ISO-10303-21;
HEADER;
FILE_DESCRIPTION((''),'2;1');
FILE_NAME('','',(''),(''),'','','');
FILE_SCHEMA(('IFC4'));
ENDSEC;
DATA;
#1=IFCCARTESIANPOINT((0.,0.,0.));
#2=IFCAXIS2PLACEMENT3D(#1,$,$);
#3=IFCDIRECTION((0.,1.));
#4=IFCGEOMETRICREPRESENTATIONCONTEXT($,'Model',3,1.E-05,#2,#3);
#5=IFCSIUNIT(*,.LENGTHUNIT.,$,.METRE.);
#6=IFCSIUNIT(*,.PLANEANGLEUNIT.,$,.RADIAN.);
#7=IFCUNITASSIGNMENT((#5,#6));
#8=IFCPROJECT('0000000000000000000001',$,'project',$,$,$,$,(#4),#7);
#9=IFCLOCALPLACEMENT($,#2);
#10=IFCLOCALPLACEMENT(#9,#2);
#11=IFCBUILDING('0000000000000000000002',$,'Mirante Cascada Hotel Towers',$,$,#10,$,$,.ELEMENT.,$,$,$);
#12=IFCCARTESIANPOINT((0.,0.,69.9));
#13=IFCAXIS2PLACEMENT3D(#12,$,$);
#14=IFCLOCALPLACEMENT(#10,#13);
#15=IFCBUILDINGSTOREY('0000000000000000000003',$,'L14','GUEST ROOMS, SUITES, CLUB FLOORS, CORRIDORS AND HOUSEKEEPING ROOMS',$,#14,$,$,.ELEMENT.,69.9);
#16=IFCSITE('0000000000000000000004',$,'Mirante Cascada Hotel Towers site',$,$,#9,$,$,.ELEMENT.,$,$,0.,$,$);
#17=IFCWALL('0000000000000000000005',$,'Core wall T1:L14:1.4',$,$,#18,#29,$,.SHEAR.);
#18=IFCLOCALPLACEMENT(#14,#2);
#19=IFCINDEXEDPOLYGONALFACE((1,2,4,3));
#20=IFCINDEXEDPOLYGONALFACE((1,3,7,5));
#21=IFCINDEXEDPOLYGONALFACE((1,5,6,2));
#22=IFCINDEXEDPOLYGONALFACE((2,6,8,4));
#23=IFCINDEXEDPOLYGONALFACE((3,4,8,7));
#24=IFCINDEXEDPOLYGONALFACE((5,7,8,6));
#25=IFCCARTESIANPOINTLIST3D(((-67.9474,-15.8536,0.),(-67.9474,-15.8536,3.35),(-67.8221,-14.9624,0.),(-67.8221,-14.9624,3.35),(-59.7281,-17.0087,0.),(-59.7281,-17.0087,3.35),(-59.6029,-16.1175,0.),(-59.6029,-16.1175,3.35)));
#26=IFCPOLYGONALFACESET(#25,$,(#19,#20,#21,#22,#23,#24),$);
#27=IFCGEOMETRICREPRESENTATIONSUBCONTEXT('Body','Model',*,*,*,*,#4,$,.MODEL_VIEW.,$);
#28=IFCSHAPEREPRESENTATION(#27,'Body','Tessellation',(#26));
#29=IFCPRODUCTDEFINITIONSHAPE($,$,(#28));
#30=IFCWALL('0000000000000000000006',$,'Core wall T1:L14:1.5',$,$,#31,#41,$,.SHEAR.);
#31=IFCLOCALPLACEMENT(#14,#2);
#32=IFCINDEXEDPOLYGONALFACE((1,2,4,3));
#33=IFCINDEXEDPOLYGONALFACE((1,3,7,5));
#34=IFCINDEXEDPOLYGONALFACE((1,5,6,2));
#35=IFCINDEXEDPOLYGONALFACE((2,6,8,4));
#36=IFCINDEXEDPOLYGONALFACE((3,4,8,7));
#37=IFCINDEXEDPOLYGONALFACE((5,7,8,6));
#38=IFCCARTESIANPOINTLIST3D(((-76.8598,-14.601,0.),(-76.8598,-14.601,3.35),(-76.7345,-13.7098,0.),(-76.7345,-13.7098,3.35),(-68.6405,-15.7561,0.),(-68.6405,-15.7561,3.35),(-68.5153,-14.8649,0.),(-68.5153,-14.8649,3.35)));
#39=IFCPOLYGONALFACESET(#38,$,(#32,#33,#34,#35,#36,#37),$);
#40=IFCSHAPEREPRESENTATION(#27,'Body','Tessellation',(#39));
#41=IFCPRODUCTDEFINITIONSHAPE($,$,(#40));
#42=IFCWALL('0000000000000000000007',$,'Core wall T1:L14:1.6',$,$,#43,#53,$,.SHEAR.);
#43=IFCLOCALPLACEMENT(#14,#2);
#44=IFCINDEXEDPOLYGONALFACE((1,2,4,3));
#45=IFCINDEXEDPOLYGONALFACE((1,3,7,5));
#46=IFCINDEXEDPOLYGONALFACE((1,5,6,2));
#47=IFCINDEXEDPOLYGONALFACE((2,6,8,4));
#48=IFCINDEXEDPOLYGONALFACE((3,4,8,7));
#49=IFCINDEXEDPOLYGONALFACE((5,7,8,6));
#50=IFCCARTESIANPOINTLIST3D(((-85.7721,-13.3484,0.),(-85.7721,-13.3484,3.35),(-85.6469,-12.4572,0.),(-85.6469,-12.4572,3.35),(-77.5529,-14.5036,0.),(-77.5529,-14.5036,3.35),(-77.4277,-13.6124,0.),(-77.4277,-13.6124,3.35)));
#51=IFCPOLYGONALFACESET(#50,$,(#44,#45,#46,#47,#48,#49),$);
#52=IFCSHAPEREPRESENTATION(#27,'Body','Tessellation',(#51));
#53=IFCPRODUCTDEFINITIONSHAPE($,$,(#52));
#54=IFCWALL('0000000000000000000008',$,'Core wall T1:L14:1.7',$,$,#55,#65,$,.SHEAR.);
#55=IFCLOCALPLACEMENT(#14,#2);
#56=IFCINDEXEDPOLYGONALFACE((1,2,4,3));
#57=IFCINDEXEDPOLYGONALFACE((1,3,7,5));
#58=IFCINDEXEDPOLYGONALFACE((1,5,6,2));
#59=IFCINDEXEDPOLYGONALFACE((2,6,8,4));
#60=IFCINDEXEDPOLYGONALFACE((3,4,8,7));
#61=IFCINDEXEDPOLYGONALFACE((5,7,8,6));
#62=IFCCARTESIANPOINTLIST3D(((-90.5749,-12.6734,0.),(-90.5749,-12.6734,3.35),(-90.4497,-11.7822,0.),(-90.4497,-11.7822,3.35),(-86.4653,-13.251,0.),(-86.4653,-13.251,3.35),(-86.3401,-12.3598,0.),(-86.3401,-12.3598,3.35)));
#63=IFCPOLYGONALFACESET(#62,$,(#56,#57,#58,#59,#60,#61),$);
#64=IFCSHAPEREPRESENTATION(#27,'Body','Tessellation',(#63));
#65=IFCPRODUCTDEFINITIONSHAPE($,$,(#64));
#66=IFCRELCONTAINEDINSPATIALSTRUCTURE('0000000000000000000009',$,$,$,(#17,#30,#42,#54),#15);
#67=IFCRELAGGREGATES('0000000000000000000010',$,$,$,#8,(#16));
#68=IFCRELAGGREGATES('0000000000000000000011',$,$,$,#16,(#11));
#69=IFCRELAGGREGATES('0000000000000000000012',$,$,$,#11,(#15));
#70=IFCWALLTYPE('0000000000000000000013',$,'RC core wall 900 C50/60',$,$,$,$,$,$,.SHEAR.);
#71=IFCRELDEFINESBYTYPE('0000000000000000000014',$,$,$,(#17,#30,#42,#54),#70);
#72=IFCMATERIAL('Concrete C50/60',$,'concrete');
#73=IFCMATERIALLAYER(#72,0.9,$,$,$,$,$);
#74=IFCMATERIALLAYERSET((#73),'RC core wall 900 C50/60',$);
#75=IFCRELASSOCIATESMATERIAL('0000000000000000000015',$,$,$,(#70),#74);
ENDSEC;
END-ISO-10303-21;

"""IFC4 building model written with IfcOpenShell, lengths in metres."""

from ifc_helpers import new_model, si_unit, direction, frame, frame_2d, origin, place, context, subcontext, project, spatial, rectangle, extrude, material, layer, layer_set, type_object, element, save


model = new_model("IFC4")

# Units and contexts
model_context = context("Model", 3, precision=1e-05, world=origin(), true_north=direction((0.0, 1.0)))
body_context = subcontext(model_context, "Body", "Model", "MODEL_VIEW")
ifc_project = project(units=[si_unit("LENGTHUNIT", "METRE"), si_unit("PLANEANGLEUNIT", "RADIAN")], contexts=[model_context])

# Site, building, storey
site_placement = place(None, origin())
site = spatial("IfcSite", under=ifc_project, at=site_placement, Name="Mirante Cascada Hotel Towers site", CompositionType="ELEMENT", RefElevation=0.0)
building_placement = place(site_placement, origin())
building = spatial("IfcBuilding", under=site, at=building_placement, Name="Mirante Cascada Hotel Towers", CompositionType="ELEMENT")
storey_placement = place(building_placement, frame((0.0, 0.0, 69.9)))
storey = spatial("IfcBuildingStorey", under=building, at=storey_placement, Name="L14", Description="GUEST ROOMS, SUITES, CLUB FLOORS, CORRIDORS AND HOUSEKEEPING ROOMS", CompositionType="ELEMENT", Elevation=69.9)

# Walls
ifc_material_1 = material(Name="Concrete C50/60", Category="concrete")
ifc_layer_1 = layer(ifc_material_1, 0.9)
ifc_layer_set_1 = layer_set([ifc_layer_1], Name="RC core wall 900 C50/60")
wall_type_1 = type_object("IfcWallType", Name="RC core wall 900 C50/60", PredefinedType="SHEAR", material=ifc_layer_set_1)
for number, where, z_axis, x_axis, name in (
    (1, (-59.6655, -16.5631, 0.0), (0.0, 0.0, 1.0), (-0.990269, 0.139169, 0.0), "Core wall T1:L14:1.4"),
    (2, (-68.5779, -15.3105, 0.0), (0.0, 0.0, 1.0), (-0.990269, 0.139169, 0.0), "Core wall T1:L14:1.5"),
    (3, (-77.4903, -14.058, 0.0), (0.0, 0.0, 1.0), (-0.990267, 0.139181, 0.0), "Core wall T1:L14:1.6"),
):
    element("IfcWall", number, at=place(storey_placement, frame(where, z_axis=z_axis, x_axis=x_axis)), inside=storey, type_object=wall_type_1, Name=name, PredefinedType="SHEAR", context=body_context, shape_type="SweptSolid", body=[
        extrude(rectangle(XDim=8.3, YDim=0.9, at=frame_2d((4.15, 0.0))), origin(), (0.0, 0.0, 1.0), 3.35),
    ])
wall_1_placement = place(storey_placement, frame((-86.4027, -12.8054, 0.0), z_axis=(0.0, 0.0, 1.0), x_axis=(-0.990267, 0.139181, 0.0)))
element("IfcWall", 4, at=wall_1_placement, inside=storey, type_object=wall_type_1, Name="Core wall T1:L14:1.7", PredefinedType="SHEAR", context=body_context, shape_type="SweptSolid", body=[
    extrude(rectangle(XDim=4.15, YDim=0.9, at=frame_2d((2.075, 0.0))), origin(), (0.0, 0.0, 1.0), 3.35),
])

save(model, "model.ifc")
